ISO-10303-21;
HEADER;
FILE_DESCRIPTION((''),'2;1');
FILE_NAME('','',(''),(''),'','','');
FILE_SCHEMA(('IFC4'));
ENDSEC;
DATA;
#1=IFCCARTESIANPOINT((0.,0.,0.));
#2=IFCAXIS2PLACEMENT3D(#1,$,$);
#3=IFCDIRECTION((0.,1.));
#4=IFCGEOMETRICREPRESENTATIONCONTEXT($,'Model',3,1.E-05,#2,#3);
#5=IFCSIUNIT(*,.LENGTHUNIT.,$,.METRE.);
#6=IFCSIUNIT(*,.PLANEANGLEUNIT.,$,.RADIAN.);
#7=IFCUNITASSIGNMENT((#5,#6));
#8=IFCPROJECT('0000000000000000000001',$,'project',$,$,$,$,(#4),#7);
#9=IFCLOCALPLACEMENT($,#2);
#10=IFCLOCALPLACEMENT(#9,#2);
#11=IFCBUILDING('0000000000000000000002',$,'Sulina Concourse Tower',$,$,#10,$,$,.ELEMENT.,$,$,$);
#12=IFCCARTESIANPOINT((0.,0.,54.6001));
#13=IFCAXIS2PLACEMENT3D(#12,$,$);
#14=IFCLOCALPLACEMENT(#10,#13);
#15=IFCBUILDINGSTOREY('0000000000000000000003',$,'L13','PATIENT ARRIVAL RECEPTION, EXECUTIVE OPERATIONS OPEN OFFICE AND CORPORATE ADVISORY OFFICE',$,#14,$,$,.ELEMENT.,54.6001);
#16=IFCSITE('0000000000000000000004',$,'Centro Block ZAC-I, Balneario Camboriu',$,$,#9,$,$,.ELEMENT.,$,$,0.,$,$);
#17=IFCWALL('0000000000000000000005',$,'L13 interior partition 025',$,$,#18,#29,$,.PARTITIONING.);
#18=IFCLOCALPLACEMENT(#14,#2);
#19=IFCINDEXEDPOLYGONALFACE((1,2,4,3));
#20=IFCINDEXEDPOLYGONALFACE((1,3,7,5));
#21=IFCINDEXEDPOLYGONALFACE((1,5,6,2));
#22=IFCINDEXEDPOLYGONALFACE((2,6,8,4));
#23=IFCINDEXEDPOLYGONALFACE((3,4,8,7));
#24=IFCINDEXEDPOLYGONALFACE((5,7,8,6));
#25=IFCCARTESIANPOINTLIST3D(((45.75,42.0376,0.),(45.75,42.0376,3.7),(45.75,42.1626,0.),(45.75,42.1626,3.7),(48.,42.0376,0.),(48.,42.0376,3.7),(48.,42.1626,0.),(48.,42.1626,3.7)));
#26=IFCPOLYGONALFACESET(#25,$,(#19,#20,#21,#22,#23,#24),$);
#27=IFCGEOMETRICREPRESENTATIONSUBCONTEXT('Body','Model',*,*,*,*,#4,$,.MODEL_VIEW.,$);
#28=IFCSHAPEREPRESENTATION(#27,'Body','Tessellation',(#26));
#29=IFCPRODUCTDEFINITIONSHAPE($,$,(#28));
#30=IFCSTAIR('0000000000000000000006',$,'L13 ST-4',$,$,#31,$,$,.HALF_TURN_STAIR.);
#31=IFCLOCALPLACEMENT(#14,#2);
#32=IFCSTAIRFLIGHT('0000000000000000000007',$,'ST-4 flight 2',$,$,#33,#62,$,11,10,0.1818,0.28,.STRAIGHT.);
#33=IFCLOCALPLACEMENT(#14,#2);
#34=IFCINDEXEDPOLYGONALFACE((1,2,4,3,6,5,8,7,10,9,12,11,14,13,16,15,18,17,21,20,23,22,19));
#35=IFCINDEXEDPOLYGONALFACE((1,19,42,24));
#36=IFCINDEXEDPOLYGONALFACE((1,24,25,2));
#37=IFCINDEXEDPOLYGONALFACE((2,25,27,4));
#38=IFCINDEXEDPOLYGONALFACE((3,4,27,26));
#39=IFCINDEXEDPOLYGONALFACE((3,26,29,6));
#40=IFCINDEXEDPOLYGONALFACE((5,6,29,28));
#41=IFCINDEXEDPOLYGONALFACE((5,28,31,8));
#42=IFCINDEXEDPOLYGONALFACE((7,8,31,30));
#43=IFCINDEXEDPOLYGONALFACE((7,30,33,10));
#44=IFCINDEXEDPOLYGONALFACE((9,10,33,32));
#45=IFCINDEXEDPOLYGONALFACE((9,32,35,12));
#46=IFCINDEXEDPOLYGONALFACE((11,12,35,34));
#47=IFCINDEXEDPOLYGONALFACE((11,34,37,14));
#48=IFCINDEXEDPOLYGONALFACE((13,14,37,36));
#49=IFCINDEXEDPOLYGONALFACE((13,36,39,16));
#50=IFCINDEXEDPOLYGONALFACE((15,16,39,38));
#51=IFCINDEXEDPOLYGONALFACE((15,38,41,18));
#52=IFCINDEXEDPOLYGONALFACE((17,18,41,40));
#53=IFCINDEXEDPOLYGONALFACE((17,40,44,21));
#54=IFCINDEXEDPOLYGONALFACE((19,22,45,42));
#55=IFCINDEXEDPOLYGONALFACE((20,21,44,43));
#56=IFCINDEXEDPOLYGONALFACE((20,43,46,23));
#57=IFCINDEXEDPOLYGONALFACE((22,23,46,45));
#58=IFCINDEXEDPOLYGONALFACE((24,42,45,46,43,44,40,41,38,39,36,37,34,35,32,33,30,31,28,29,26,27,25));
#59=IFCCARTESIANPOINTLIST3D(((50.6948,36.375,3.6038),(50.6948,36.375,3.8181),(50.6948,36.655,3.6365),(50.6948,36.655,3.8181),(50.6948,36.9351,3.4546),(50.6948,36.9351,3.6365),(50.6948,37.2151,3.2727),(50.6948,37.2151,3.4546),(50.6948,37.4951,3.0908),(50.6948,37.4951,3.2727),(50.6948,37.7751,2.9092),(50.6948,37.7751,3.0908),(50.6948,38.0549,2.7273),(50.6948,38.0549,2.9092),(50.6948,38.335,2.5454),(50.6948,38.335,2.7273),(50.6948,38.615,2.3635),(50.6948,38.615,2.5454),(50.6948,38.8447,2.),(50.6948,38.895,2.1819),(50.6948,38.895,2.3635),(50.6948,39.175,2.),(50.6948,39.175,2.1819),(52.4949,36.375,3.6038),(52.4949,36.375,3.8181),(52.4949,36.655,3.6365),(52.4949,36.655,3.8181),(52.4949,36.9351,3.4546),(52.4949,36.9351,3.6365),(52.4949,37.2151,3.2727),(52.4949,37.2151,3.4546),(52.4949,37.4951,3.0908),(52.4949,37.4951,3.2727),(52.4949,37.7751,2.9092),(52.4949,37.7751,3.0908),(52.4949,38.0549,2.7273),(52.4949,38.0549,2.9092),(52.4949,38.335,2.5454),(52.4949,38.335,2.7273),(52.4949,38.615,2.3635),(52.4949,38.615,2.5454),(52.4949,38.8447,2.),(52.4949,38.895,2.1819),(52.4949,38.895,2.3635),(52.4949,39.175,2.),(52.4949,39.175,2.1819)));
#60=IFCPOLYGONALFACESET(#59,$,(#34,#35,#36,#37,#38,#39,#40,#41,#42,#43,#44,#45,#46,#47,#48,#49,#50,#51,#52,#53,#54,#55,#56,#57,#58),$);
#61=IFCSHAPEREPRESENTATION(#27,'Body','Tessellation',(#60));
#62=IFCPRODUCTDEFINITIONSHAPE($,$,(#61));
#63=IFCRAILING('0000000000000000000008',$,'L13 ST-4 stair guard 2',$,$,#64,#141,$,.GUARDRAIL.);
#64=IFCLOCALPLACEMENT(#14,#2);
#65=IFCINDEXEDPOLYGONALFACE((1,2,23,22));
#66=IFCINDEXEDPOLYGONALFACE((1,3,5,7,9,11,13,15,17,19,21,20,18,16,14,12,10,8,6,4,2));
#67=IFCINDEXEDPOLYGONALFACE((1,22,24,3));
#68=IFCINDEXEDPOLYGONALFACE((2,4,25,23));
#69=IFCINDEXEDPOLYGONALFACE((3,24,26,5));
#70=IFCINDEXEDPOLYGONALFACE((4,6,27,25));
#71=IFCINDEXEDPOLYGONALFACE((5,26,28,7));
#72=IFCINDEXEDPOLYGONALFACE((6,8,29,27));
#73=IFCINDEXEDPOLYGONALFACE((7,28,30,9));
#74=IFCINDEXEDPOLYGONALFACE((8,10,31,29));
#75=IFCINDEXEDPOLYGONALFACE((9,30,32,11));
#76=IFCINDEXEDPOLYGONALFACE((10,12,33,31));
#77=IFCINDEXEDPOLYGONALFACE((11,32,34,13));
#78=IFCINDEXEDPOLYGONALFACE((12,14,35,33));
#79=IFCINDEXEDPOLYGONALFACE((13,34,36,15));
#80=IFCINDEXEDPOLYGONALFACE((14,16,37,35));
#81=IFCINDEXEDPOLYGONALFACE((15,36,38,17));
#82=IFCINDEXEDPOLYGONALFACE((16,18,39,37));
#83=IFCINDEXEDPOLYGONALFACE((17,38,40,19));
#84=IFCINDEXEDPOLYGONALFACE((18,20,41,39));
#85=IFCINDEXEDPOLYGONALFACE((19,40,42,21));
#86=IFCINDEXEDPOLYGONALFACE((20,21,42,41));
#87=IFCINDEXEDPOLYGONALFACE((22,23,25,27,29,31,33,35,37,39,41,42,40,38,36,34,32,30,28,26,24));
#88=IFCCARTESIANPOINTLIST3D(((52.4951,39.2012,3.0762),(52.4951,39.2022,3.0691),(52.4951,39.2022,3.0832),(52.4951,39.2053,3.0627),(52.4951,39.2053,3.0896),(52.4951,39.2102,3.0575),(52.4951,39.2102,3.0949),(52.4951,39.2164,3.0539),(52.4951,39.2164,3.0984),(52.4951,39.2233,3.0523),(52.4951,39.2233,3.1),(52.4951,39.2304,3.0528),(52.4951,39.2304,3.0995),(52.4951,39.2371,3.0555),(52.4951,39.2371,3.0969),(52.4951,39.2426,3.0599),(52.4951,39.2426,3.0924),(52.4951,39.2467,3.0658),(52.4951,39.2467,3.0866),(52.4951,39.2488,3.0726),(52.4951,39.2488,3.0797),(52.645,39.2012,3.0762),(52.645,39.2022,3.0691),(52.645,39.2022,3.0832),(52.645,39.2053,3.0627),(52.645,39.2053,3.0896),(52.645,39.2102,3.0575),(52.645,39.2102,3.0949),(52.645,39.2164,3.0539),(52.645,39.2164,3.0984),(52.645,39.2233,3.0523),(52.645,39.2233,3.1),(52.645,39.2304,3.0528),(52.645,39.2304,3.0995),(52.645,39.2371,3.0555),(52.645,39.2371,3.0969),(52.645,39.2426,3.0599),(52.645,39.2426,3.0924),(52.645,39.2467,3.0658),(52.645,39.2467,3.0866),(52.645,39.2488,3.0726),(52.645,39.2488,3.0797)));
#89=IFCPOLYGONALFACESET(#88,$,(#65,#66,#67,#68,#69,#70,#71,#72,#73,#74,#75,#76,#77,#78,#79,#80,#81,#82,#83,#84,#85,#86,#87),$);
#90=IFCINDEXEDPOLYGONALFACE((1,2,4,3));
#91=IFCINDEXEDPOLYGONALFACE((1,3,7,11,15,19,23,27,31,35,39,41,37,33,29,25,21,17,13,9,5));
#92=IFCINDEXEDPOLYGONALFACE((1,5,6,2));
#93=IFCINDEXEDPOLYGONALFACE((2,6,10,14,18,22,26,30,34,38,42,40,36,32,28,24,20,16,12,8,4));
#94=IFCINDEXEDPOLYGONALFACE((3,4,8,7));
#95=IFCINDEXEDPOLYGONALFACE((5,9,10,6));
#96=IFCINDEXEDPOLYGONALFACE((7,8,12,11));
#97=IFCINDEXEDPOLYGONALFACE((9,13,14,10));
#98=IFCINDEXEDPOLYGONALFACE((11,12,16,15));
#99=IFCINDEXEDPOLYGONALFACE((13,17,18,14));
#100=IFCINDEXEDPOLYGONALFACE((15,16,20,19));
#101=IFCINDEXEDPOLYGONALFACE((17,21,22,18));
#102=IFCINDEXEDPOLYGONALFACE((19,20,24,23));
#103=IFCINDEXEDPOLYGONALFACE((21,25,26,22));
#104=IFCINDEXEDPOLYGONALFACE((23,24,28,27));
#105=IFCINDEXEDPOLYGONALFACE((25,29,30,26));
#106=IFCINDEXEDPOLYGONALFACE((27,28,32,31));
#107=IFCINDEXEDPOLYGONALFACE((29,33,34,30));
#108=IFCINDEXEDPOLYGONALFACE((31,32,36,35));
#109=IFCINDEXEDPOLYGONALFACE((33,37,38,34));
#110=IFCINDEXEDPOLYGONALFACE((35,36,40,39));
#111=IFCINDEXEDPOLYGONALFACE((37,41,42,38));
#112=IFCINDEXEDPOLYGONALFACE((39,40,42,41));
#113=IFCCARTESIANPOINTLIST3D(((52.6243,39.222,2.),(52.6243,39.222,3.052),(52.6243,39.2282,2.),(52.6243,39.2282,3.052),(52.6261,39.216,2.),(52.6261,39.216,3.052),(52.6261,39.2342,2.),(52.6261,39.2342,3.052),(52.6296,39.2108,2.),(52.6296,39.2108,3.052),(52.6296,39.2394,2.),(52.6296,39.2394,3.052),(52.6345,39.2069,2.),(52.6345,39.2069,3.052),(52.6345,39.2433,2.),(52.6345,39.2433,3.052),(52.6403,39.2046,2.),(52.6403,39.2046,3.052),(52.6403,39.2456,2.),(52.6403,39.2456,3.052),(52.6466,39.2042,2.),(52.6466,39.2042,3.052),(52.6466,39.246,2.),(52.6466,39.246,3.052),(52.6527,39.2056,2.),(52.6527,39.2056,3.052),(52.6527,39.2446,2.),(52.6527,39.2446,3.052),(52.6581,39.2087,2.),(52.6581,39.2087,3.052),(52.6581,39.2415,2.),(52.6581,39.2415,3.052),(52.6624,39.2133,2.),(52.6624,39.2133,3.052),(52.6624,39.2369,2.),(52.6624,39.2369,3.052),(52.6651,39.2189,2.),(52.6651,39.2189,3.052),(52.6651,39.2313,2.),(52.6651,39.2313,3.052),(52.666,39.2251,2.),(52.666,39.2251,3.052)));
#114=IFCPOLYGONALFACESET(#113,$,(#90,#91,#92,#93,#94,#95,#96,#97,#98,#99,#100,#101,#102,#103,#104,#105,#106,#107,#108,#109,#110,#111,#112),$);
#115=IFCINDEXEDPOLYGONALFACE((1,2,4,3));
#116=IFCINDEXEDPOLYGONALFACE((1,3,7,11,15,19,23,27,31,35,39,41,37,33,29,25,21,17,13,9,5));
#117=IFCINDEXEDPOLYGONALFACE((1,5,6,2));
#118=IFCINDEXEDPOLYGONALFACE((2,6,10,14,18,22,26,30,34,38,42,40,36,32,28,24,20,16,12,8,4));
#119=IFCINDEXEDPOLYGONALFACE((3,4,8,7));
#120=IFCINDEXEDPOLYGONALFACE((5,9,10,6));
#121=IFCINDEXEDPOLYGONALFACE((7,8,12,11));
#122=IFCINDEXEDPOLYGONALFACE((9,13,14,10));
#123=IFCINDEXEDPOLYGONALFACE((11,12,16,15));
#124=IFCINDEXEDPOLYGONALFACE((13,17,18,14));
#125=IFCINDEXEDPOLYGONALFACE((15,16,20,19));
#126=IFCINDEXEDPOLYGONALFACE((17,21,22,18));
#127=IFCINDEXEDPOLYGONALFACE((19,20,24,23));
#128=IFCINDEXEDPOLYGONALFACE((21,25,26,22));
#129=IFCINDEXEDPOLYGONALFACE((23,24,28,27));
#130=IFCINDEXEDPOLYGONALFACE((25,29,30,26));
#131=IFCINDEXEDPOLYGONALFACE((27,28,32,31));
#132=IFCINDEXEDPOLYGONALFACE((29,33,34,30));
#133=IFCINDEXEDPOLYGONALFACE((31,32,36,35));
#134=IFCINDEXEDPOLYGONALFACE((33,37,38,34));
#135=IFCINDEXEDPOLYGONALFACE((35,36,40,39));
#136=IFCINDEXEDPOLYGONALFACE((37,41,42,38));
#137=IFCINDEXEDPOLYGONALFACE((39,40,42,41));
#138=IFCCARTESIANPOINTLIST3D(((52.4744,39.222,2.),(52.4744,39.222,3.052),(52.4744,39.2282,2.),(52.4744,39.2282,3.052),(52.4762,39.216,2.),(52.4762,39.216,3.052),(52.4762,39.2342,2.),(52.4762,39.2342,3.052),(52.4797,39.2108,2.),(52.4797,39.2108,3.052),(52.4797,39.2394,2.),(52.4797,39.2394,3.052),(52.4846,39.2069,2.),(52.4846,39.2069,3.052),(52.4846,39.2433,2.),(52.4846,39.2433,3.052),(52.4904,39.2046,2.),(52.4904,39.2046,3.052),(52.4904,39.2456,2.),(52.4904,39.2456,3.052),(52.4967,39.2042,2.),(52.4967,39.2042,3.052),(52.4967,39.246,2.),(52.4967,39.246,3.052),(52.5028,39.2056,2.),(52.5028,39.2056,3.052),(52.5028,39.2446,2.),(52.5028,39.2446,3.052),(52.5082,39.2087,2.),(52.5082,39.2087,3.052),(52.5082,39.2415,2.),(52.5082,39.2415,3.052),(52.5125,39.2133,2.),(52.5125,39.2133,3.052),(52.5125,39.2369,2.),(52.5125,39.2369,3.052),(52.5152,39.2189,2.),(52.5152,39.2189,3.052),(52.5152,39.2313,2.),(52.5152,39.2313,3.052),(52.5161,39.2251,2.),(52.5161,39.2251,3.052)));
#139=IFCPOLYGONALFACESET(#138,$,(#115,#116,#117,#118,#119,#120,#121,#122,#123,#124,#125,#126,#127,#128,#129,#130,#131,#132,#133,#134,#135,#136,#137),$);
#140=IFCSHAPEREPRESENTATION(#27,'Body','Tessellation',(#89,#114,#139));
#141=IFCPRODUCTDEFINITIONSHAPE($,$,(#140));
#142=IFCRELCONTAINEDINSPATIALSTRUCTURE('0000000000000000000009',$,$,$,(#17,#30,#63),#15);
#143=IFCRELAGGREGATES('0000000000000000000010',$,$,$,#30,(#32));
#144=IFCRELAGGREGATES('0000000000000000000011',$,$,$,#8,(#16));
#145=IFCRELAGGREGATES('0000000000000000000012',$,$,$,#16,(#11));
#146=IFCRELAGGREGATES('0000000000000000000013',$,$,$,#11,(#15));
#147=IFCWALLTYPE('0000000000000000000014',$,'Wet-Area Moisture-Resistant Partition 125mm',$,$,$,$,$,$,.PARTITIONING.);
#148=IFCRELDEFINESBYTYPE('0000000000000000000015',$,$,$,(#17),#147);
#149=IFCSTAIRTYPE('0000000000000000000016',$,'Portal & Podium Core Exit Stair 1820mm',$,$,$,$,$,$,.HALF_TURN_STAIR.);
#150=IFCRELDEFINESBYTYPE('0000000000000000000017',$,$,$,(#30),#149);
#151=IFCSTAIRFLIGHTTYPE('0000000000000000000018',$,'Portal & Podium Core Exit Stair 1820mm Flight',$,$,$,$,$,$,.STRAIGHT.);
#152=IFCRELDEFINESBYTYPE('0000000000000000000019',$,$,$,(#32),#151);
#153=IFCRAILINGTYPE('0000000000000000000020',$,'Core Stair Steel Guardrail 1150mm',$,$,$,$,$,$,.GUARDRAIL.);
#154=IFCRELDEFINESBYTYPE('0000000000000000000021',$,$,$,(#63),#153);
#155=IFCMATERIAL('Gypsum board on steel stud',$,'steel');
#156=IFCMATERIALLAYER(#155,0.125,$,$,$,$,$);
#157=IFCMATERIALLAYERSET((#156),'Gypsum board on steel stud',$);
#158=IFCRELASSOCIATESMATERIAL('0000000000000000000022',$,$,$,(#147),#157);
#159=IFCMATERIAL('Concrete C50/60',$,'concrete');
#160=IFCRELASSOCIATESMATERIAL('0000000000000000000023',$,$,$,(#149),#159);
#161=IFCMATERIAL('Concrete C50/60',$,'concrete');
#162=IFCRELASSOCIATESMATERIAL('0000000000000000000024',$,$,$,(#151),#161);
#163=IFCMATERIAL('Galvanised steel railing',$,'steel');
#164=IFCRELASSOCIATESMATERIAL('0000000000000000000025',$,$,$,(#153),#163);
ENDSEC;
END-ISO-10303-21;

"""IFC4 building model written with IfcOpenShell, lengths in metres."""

from ifc_helpers import new_model, si_unit, direction, frame, frame_2d, origin, origin_2d, place, context, subcontext, project, spatial, polyline, rectangle, circle, outline, extrude, material, layer, layer_set, type_object, element, aggregate, save


model = new_model("IFC4")

# Units and contexts
model_context = context("Model", 3, precision=1e-05, world=origin(), true_north=direction((0.0, 1.0)))
body_context = subcontext(model_context, "Body", "Model", "MODEL_VIEW")
ifc_project = project(units=[si_unit("LENGTHUNIT", "METRE"), si_unit("PLANEANGLEUNIT", "RADIAN")], contexts=[model_context])

# Site, building, storey
site_placement = place(None, origin())
site = spatial("IfcSite", under=ifc_project, at=site_placement, Name="Centro Block ZAC-I, Balneario Camboriu", CompositionType="ELEMENT", RefElevation=0.0)
building_placement = place(site_placement, origin())
building = spatial("IfcBuilding", under=site, at=building_placement, Name="Sulina Concourse Tower", CompositionType="ELEMENT")
storey_placement = place(building_placement, frame((0.0, 0.0, 54.6001)))
storey = spatial("IfcBuildingStorey", under=building, at=storey_placement, Name="L13", Description="PATIENT ARRIVAL RECEPTION, EXECUTIVE OPERATIONS OPEN OFFICE AND CORPORATE ADVISORY OFFICE", CompositionType="ELEMENT", Elevation=54.6001)

# Wall
ifc_material_1 = material(Name="Gypsum board on steel stud", Category="steel")
ifc_layer_1 = layer(ifc_material_1, 0.125)
ifc_layer_set_1 = layer_set([ifc_layer_1], Name="Gypsum board on steel stud")
wall_type_1 = type_object("IfcWallType", Name="Wet-Area Moisture-Resistant Partition 125mm", PredefinedType="PARTITIONING", material=ifc_layer_set_1)
wall_1_placement = place(storey_placement, frame((45.75, 42.1001, 0.0), z_axis=(0.0, 0.0, 1.0), x_axis=(1.0, 0.0, 0.0)))
element("IfcWall", 1, at=wall_1_placement, inside=storey, type_object=wall_type_1, Name="L13 interior partition 025", PredefinedType="PARTITIONING", context=body_context, shape_type="SweptSolid", body=[
    extrude(rectangle(XDim=2.25, YDim=0.125, at=frame_2d((1.125, 0.0))), origin(), (0.0, 0.0, 1.0), 3.7),
])

# Stair, stair flight
ifc_material_2 = material(Name="Concrete C50/60", Category="concrete")
stair_type = type_object("IfcStairType", Name="Portal & Podium Core Exit Stair 1820mm", PredefinedType="HALF_TURN_STAIR", material=ifc_material_2)
stair_placement = place(storey_placement, origin())
stair = element("IfcStair", 2, at=stair_placement, inside=storey, type_object=stair_type, Name="L13 ST-4", PredefinedType="HALF_TURN_STAIR")
ifc_material_3 = material(Name="Concrete C50/60", Category="concrete")
stair_flight_type = type_object("IfcStairFlightType", Name="Portal & Podium Core Exit Stair 1820mm Flight", PredefinedType="STRAIGHT", material=ifc_material_3)
stair_flight_placement = place(storey_placement, frame((51.595, 39.175, 2.0), z_axis=(0.0, 0.0, 1.0), x_axis=(0.0, -1.0, 0.0)))
stair_flight = element("IfcStairFlight", 3, at=stair_flight_placement, type_object=stair_flight_type, Name="ST-4 flight 2", NumberOfRisers=11, NumberOfTreads=10, PredefinedType="STRAIGHT", RiserHeight=0.1818, TreadLength=0.28, context=body_context, shape_type="SweptSolid", body=[
    extrude(outline(polyline([(0.0, 0.0), (0.0, 0.1819), (0.28, 0.1819), (0.28, 0.3635), (0.5601, 0.3635), (0.5601, 0.5454), (0.8401, 0.5454), (0.8401, 0.7273), (1.1201, 0.7273), (1.1201, 0.9092), (1.3999, 0.9092), (1.3999, 1.0908), (1.6799, 1.0908), (1.6799, 1.2727), (1.96, 1.2727), (1.96, 1.4546), (2.24, 1.4546), (2.24, 1.6365), (2.52, 1.6365), (2.52, 1.8181), (2.8, 1.8181), (2.8, 2.0), (2.8, 1.6038), (0.3303, 0.0), (0.0, 0.0)])), frame((0.0, 0.8999, 0.0), z_axis=(0.0, -1.0, 0.0), x_axis=(1.0, 0.0, 0.0)), (0.0, 0.0, 1.0), 1.8),
])
aggregate(stair, [stair_flight])

# Railing
ifc_material_4 = material(Name="Galvanised steel railing", Category="steel")
railing_type_1 = type_object("IfcRailingType", Name="Core Stair Steel Guardrail 1150mm", PredefinedType="GUARDRAIL", material=ifc_material_4)
railing_1_placement = place(storey_placement, frame((52.645, 39.2251, 2.0)))
element("IfcRailing", 4, at=railing_1_placement, inside=storey, type_object=railing_type_1, Name="L13 ST-4 stair guard 2", PredefinedType="GUARDRAIL", context=body_context, shape_type="SweptSolid", body=[
    extrude(circle(Radius=0.0239, at=origin_2d()), frame((0.0, 0.0, 1.0762), z_axis=(-1.0, 0.0, 0.0), x_axis=(0.0, -1.0, 0.0)), (0.0, 0.0, 1.0), 0.1499),
    extrude(circle(Radius=0.021, at=origin_2d()), origin(), (0.0, 0.0, 1.0), 1.052),
    extrude(circle(Radius=0.021, at=origin_2d()), frame((-0.1499, 0.0, 0.0)), (0.0, 0.0, 1.0), 1.052),
])

save(model, "model.ifc")
